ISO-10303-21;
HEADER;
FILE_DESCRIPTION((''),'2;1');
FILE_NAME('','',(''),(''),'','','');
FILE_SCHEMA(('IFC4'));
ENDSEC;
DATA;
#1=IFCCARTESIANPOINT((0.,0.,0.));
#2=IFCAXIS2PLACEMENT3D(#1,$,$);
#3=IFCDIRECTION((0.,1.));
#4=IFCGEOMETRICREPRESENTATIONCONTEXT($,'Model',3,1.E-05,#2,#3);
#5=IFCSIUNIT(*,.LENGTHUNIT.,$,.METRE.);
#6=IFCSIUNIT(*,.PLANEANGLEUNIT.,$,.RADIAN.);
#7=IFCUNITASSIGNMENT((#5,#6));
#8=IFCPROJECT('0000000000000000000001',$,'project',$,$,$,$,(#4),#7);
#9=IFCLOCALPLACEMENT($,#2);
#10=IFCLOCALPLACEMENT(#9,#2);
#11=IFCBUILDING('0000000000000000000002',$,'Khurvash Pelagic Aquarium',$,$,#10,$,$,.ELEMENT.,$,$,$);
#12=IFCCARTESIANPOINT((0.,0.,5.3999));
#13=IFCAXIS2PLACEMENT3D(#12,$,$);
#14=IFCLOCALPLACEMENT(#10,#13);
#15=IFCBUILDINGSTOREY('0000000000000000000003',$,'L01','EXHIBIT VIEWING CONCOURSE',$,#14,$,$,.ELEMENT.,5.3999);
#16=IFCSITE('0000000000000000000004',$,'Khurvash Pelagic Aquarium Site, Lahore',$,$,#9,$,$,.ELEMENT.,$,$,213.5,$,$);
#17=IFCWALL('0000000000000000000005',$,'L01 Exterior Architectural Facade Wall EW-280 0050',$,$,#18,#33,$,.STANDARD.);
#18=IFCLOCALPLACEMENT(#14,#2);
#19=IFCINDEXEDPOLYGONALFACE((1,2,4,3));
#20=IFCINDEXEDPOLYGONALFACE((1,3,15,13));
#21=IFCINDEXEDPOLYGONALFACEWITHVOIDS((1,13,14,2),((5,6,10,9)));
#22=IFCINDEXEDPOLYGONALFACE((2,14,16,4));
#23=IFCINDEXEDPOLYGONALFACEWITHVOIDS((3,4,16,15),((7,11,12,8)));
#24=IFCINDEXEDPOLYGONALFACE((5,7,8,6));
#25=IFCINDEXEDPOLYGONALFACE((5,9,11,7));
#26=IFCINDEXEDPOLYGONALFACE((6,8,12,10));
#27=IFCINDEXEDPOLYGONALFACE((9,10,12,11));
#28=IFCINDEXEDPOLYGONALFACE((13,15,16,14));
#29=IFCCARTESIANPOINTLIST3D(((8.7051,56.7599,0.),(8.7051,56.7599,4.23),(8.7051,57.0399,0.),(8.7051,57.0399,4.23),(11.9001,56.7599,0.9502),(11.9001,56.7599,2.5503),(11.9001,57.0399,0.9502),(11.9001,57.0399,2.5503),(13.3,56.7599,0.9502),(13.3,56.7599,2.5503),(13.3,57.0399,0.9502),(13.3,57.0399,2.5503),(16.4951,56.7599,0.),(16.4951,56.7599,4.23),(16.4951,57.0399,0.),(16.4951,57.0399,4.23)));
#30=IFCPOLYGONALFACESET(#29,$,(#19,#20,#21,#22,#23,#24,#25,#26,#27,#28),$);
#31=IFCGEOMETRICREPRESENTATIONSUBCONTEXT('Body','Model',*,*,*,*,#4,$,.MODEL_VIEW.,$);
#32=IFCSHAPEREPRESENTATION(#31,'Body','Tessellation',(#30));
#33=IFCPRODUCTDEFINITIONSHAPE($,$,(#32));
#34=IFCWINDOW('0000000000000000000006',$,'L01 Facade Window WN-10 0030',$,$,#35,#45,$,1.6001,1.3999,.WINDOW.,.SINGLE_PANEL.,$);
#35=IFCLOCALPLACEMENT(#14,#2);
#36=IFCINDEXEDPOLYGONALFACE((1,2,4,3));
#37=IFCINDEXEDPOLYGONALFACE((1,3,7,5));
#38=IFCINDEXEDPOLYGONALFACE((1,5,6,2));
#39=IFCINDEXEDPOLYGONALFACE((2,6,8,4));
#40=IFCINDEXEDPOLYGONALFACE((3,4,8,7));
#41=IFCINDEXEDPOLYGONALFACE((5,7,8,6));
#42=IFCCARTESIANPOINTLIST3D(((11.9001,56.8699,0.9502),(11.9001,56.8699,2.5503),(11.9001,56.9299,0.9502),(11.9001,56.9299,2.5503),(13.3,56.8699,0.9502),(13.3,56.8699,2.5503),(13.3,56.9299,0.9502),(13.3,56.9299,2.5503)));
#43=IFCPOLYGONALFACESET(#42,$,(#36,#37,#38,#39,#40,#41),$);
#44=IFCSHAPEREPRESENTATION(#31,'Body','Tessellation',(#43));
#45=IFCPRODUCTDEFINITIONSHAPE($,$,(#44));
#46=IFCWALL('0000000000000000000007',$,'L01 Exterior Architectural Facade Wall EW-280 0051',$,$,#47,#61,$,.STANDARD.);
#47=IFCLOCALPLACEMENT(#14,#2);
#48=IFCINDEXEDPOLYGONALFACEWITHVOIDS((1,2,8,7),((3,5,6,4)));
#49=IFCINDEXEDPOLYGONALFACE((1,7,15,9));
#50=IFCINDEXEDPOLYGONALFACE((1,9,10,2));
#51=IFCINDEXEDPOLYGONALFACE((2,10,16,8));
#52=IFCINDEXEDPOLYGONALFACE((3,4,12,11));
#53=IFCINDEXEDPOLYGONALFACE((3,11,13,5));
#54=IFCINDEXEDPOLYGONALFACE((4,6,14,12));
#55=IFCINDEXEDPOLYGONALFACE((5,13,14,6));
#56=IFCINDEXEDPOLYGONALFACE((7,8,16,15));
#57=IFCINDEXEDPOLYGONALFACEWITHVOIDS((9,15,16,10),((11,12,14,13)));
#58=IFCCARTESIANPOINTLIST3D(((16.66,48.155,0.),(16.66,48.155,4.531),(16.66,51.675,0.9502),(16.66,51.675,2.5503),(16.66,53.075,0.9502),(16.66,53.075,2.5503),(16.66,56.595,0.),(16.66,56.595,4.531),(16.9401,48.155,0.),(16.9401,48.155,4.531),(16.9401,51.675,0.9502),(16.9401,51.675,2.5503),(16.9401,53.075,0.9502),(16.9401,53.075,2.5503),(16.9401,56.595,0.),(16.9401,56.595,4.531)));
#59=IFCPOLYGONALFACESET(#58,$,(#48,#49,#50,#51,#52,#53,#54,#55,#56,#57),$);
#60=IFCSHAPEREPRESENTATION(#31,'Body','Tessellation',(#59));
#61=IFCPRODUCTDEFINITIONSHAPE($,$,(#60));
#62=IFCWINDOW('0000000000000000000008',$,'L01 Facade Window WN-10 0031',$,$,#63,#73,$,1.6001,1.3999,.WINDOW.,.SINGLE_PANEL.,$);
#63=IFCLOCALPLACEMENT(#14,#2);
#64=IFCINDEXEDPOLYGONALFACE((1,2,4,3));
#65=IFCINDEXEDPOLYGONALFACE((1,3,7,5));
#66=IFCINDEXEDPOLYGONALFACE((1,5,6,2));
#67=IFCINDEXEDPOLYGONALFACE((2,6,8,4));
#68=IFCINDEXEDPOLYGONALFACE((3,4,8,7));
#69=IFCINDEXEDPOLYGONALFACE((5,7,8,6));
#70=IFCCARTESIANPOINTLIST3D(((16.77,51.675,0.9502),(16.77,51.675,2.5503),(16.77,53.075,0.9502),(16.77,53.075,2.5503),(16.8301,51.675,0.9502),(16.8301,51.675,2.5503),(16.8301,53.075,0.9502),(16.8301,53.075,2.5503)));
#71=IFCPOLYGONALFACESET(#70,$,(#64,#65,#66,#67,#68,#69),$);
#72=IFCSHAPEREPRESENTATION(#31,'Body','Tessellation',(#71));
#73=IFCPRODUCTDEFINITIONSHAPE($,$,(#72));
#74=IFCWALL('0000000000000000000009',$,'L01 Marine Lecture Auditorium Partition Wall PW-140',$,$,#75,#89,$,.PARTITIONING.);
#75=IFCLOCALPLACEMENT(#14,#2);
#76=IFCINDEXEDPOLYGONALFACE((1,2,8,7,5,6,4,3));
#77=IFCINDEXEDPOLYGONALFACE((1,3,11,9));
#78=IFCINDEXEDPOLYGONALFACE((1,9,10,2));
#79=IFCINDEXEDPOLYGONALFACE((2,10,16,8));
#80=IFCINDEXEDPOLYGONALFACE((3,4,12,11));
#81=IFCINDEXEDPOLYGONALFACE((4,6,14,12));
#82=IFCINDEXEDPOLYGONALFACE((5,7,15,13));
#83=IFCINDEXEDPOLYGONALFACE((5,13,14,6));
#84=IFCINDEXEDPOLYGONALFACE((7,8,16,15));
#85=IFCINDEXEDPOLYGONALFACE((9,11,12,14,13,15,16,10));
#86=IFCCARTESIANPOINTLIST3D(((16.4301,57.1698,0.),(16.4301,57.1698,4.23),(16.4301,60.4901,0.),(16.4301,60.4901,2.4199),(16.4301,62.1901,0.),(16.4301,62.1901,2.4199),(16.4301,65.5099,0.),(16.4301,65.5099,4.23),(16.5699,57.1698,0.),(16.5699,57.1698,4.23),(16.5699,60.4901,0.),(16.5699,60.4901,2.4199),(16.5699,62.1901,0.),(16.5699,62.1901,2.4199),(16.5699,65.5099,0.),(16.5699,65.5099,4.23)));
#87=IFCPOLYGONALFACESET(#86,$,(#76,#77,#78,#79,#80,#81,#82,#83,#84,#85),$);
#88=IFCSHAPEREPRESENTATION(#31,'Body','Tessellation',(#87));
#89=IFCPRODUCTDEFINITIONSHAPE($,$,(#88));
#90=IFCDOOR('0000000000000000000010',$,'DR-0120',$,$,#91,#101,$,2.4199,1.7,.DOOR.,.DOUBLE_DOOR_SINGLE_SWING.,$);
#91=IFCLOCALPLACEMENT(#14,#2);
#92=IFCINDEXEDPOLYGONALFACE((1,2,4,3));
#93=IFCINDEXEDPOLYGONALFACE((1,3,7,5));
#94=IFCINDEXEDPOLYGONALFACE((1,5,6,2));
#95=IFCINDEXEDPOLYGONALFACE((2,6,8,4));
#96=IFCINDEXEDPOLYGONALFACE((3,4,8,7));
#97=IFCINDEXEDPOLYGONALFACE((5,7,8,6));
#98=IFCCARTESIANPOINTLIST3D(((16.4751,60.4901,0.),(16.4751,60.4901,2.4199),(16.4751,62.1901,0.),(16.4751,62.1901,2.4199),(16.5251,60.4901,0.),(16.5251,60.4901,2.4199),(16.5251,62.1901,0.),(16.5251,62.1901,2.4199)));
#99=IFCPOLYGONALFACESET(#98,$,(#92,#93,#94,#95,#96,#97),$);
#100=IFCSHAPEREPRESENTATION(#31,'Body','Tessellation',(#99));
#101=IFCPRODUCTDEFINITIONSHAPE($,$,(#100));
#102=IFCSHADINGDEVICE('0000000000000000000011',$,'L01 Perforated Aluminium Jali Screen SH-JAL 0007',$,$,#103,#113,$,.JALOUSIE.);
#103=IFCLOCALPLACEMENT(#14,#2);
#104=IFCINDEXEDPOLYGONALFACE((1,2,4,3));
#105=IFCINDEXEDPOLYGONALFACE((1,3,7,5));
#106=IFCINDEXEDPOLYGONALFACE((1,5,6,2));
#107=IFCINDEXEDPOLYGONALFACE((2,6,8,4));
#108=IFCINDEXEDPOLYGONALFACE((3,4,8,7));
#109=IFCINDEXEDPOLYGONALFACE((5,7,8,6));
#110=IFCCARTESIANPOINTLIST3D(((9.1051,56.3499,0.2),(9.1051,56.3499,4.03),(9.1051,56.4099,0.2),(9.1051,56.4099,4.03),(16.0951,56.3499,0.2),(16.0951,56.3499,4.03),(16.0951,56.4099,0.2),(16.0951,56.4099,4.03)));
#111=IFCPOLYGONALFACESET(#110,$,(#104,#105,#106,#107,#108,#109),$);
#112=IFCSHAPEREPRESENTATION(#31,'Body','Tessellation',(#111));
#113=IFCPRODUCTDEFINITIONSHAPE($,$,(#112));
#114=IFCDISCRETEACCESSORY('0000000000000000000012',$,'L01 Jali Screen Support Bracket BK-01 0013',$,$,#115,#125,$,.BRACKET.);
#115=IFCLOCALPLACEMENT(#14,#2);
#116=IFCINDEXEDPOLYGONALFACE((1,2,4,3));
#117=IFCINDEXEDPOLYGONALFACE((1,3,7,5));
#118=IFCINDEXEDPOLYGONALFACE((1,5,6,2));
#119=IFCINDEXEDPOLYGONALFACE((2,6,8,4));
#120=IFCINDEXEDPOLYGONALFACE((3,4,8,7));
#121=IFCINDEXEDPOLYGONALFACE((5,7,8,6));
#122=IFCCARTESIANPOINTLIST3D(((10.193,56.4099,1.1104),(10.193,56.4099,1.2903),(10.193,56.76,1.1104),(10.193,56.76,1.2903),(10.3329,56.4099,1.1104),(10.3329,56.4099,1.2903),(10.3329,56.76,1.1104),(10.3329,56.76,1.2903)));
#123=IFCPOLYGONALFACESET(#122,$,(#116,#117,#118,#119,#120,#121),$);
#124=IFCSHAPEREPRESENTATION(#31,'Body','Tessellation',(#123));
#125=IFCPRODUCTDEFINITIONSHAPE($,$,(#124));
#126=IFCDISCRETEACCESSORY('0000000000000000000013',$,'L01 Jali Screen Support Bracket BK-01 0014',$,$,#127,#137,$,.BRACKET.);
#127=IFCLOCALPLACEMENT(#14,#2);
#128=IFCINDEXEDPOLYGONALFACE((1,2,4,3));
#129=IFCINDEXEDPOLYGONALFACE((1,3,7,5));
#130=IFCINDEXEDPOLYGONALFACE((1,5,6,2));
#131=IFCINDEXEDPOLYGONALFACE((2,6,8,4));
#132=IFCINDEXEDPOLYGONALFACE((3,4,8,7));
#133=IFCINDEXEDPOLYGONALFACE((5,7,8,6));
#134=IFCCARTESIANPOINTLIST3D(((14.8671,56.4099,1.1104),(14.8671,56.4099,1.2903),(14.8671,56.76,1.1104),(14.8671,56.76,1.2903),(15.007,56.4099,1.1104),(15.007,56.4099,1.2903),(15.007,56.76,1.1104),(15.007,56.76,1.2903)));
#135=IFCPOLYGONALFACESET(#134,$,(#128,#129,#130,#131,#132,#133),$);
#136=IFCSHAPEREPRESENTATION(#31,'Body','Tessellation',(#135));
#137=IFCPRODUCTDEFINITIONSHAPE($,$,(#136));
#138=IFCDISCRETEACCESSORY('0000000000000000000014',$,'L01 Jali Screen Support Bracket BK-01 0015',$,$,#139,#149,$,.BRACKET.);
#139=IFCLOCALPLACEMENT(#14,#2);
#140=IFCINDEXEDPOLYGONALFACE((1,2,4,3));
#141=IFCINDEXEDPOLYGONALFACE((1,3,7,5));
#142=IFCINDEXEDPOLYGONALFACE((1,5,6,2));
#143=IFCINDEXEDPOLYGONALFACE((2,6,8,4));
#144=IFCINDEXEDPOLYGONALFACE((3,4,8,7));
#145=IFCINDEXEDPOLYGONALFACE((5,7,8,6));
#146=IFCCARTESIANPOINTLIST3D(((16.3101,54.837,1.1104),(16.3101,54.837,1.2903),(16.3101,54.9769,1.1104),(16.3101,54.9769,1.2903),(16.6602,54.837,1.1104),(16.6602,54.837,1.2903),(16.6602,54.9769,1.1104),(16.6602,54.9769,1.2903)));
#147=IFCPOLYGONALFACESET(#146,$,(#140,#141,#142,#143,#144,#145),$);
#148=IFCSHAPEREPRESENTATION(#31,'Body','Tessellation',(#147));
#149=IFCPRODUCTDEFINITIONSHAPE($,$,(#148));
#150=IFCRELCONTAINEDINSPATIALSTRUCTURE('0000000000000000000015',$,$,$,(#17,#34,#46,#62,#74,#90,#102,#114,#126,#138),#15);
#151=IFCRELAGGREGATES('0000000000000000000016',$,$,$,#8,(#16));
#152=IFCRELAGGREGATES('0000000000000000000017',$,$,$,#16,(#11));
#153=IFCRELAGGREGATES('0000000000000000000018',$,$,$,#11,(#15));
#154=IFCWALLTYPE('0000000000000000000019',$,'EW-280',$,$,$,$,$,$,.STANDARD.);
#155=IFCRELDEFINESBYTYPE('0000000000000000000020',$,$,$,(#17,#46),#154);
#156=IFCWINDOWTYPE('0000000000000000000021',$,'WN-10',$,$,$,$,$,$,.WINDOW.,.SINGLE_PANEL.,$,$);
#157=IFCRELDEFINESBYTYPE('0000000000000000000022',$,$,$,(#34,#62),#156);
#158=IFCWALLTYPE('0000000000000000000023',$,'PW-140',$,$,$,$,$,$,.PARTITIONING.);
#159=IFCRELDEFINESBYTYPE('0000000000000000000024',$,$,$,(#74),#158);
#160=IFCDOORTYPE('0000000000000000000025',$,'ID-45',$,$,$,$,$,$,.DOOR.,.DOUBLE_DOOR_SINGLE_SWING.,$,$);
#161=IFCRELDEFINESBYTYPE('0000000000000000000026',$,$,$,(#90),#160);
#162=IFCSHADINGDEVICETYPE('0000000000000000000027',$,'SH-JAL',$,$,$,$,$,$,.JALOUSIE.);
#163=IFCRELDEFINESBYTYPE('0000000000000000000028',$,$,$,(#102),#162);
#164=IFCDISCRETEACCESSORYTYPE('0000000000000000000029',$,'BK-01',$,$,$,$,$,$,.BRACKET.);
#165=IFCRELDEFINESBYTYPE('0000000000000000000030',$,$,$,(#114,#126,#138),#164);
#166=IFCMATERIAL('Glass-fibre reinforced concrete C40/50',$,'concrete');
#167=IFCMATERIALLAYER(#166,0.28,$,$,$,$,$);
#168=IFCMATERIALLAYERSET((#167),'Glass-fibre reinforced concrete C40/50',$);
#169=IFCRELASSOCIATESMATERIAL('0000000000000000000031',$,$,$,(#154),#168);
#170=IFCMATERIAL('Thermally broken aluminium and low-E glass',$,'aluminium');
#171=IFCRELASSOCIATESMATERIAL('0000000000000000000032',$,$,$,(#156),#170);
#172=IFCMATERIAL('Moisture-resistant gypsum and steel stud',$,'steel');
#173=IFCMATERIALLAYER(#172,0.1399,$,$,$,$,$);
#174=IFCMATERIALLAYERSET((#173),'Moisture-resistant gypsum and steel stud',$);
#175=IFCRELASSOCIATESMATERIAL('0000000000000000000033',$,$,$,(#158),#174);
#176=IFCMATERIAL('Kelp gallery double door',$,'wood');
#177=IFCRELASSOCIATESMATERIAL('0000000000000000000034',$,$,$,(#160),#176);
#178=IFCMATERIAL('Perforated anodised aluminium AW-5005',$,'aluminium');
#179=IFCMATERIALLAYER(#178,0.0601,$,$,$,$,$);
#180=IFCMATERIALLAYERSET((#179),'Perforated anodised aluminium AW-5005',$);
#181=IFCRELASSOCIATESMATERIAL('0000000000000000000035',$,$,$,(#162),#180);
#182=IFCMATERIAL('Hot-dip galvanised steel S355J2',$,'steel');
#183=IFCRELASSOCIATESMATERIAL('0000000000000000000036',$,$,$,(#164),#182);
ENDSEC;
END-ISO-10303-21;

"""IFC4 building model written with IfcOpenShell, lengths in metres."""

from ifc_helpers import new_model, si_unit, direction, frame, frame_2d, origin, origin_2d, place, context, subcontext, project, spatial, rectangle, extrude, material, layer, layer_set, type_object, element, fill, save


model = new_model("IFC4")

# Units and contexts
model_context = context("Model", 3, precision=1e-05, world=origin(), true_north=direction((0.0, 1.0)))
body_context = subcontext(model_context, "Body", "Model", "MODEL_VIEW")
ifc_project = project(units=[si_unit("LENGTHUNIT", "METRE"), si_unit("PLANEANGLEUNIT", "RADIAN")], contexts=[model_context])

# Site, building, storey
site_placement = place(None, origin())
site = spatial("IfcSite", under=ifc_project, at=site_placement, Name="Khurvash Pelagic Aquarium Site, Lahore", CompositionType="ELEMENT", RefElevation=213.5)
building_placement = place(site_placement, origin())
building = spatial("IfcBuilding", under=site, at=building_placement, Name="Khurvash Pelagic Aquarium", CompositionType="ELEMENT")
storey_placement = place(building_placement, frame((0.0, 0.0, 5.3999)))
storey = spatial("IfcBuildingStorey", under=building, at=storey_placement, Name="L01", Description="EXHIBIT VIEWING CONCOURSE", CompositionType="ELEMENT", Elevation=5.3999)

# Walls, openings, windows
ifc_material_1 = material(Name="Glass-fibre reinforced concrete C40/50", Category="concrete")
ifc_layer_1 = layer(ifc_material_1, 0.28)
ifc_layer_set_1 = layer_set([ifc_layer_1], Name="Glass-fibre reinforced concrete C40/50")
wall_type_1 = type_object("IfcWallType", Name="EW-280", PredefinedType="STANDARD", material=ifc_layer_set_1)
wall_1_placement = place(storey_placement, frame((8.7051, 56.8999, 0.0), z_axis=(0.0, 0.0, 1.0), x_axis=(1.0, 0.0, 0.0)))
wall_1 = element("IfcWall", 1, at=wall_1_placement, inside=storey, type_object=wall_type_1, Name="L01 Exterior Architectural Facade Wall EW-280 0050", PredefinedType="STANDARD", context=body_context, shape_type="SweptSolid", body=[
    extrude(rectangle(XDim=7.79, YDim=0.28, at=frame_2d((3.895, 0.0))), origin(), (0.0, 0.0, 1.0), 4.23),
])
opening_1_placement = place(wall_1_placement, frame((3.1951, 0.0, 0.9502)))
opening_1 = element("IfcOpeningElement", 2, at=opening_1_placement, cuts=wall_1, PredefinedType="OPENING", context=body_context, shape_type="SweptSolid", body=[
    extrude(rectangle(XDim=1.3999, YDim=1.6001, at=frame_2d((0.7, 0.8))), frame((0.0, 0.1499, 0.0), z_axis=(0.0, -1.0, 0.0), x_axis=(1.0, 0.0, 0.0)), (0.0, 0.0, 1.0), 0.3),
])
ifc_material_2 = material(Name="Thermally broken aluminium and low-E glass", Category="aluminium")
window_type = type_object("IfcWindowType", Name="WN-10", PartitioningType="SINGLE_PANEL", PredefinedType="WINDOW", material=ifc_material_2)
window_1_placement = place(opening_1_placement, origin())
window_1 = element("IfcWindow", 3, at=window_1_placement, inside=storey, type_object=window_type, Name="L01 Facade Window WN-10 0030", OverallHeight=1.6001, OverallWidth=1.3999, PartitioningType="SINGLE_PANEL", PredefinedType="WINDOW", context=body_context, shape_type="SweptSolid", body=[
    extrude(rectangle(XDim=1.3999, YDim=1.6001, at=frame_2d((0.7, 0.8))), frame((0.0, 0.03, 0.0), z_axis=(0.0, -1.0, 0.0), x_axis=(1.0, 0.0, 0.0)), (0.0, 0.0, 1.0), 0.0601),
])
fill(opening_1, window_1)
wall_2_placement = place(storey_placement, frame((16.8, 56.595, 0.0), z_axis=(0.0, 0.0, 1.0), x_axis=(0.0, -1.0, 0.0)))
wall_2 = element("IfcWall", 4, at=wall_2_placement, inside=storey, type_object=wall_type_1, Name="L01 Exterior Architectural Facade Wall EW-280 0051", PredefinedType="STANDARD", context=body_context, shape_type="SweptSolid", body=[
    extrude(rectangle(XDim=8.4399, YDim=0.28, at=frame_2d((4.22, 0.0))), origin(), (0.0, 0.0, 1.0), 4.531),
])
opening_2_placement = place(wall_2_placement, frame((3.52, 0.0, 0.9502)))
opening_2 = element("IfcOpeningElement", 5, at=opening_2_placement, cuts=wall_2, PredefinedType="OPENING", context=body_context, shape_type="SweptSolid", body=[
    extrude(rectangle(XDim=1.3999, YDim=1.6001, at=frame_2d((0.7, 0.8))), frame((0.0, 0.1499, 0.0), z_axis=(0.0, -1.0, 0.0), x_axis=(1.0, 0.0, 0.0)), (0.0, 0.0, 1.0), 0.3),
])
window_2_placement = place(opening_2_placement, origin())
window_2 = element("IfcWindow", 6, at=window_2_placement, inside=storey, type_object=window_type, Name="L01 Facade Window WN-10 0031", OverallHeight=1.6001, OverallWidth=1.3999, PartitioningType="SINGLE_PANEL", PredefinedType="WINDOW", context=body_context, shape_type="SweptSolid", body=[
    extrude(rectangle(XDim=1.3999, YDim=1.6001, at=frame_2d((0.7, 0.8))), frame((0.0, 0.03, 0.0), z_axis=(0.0, -1.0, 0.0), x_axis=(1.0, 0.0, 0.0)), (0.0, 0.0, 1.0), 0.0601),
])
fill(opening_2, window_2)

# Wall, opening, door
ifc_material_3 = material(Name="Moisture-resistant gypsum and steel stud", Category="steel")
ifc_layer_2 = layer(ifc_material_3, 0.1399)
ifc_layer_set_2 = layer_set([ifc_layer_2], Name="Moisture-resistant gypsum and steel stud")
wall_type_2 = type_object("IfcWallType", Name="PW-140", PredefinedType="PARTITIONING", material=ifc_layer_set_2)
wall_3_placement = place(storey_placement, frame((16.5, 57.1699, 0.0), z_axis=(0.0, 0.0, 1.0), x_axis=(0.0, 1.0, 0.0)))
wall_3 = element("IfcWall", 7, at=wall_3_placement, inside=storey, type_object=wall_type_2, Name="L01 Marine Lecture Auditorium Partition Wall PW-140", PredefinedType="PARTITIONING", context=body_context, shape_type="SweptSolid", body=[
    extrude(rectangle(XDim=8.3401, YDim=0.1399, at=frame_2d((4.1699, 0.0))), origin(), (0.0, 0.0, 1.0), 4.23),
])
opening_3_placement = place(wall_3_placement, frame((3.3201, 0.0, 0.0)))
opening_3 = element("IfcOpeningElement", 8, at=opening_3_placement, cuts=wall_3, PredefinedType="OPENING", context=body_context, shape_type="SweptSolid", body=[
    extrude(rectangle(XDim=1.7, YDim=2.4199, at=frame_2d((0.8501, 1.21))), frame((0.0, 0.0801, 0.0), z_axis=(0.0, -1.0, 0.0), x_axis=(1.0, 0.0, 0.0)), (0.0, 0.0, 1.0), 0.1599),
])
ifc_material_4 = material(Name="Kelp gallery double door", Category="wood")
door_type = type_object("IfcDoorType", Name="ID-45", OperationType="DOUBLE_DOOR_SINGLE_SWING", PredefinedType="DOOR", material=ifc_material_4)
door_placement = place(opening_3_placement, origin())
door = element("IfcDoor", 9, at=door_placement, inside=storey, type_object=door_type, Name="DR-0120", OperationType="DOUBLE_DOOR_SINGLE_SWING", OverallHeight=2.4199, OverallWidth=1.7, PredefinedType="DOOR", context=body_context, shape_type="SweptSolid", body=[
    extrude(rectangle(XDim=1.7, YDim=2.4199, at=frame_2d((0.8501, 1.21))), frame((0.0, 0.0249, 0.0), z_axis=(0.0, -1.0, 0.0), x_axis=(1.0, 0.0, 0.0)), (0.0, 0.0, 1.0), 0.05),
])
fill(opening_3, door)

# Shading device
ifc_material_5 = material(Name="Perforated anodised aluminium AW-5005", Category="aluminium")
ifc_layer_3 = layer(ifc_material_5, 0.0601)
ifc_layer_set_3 = layer_set([ifc_layer_3], Name="Perforated anodised aluminium AW-5005")
shading_device_type = type_object("IfcShadingDeviceType", Name="SH-JAL", PredefinedType="JALOUSIE", material=ifc_layer_set_3)
shading_device_placement = place(storey_placement, frame((12.6001, 56.3799, 0.2), z_axis=(0.0, 0.0, 1.0), x_axis=(1.0, 0.0, 0.0)))
element("IfcShadingDevice", 10, at=shading_device_placement, inside=storey, type_object=shading_device_type, Name="L01 Perforated Aluminium Jali Screen SH-JAL 0007", PredefinedType="JALOUSIE", context=body_context, shape_type="SweptSolid", body=[
    extrude(rectangle(XDim=6.99, YDim=0.0601, at=origin_2d()), origin(), (0.0, 0.0, 1.0), 3.8301),
])

# Discrete accessories
ifc_material_6 = material(Name="Hot-dip galvanised steel S355J2", Category="steel")
discrete_accessory_type = type_object("IfcDiscreteAccessoryType", Name="BK-01", PredefinedType="BRACKET", material=ifc_material_6)
for number, where, z_axis, x_axis, name in (
    (11, (10.2629, 56.585, 1.1104), (0.0, 0.0, 1.0), (1.0, 0.0, 0.0), "L01 Jali Screen Support Bracket BK-01 0013"),
    (12, (14.937, 56.585, 1.1104), (0.0, 0.0, 1.0), (1.0, 0.0, 0.0), "L01 Jali Screen Support Bracket BK-01 0014"),
    (13, (16.4851, 54.907, 1.1104), (0.0, 0.0, 1.0), (0.0, -1.0, 0.0), "L01 Jali Screen Support Bracket BK-01 0015"),
):
    element("IfcDiscreteAccessory", number, at=place(storey_placement, frame(where, z_axis=z_axis, x_axis=x_axis)), inside=storey, type_object=discrete_accessory_type, Name=name, PredefinedType="BRACKET", context=body_context, shape_type="SweptSolid", body=[
        extrude(rectangle(XDim=0.1399, YDim=0.3501, at=origin_2d()), origin(), (0.0, 0.0, 1.0), 0.1799),
    ])

save(model, "model.ifc")
